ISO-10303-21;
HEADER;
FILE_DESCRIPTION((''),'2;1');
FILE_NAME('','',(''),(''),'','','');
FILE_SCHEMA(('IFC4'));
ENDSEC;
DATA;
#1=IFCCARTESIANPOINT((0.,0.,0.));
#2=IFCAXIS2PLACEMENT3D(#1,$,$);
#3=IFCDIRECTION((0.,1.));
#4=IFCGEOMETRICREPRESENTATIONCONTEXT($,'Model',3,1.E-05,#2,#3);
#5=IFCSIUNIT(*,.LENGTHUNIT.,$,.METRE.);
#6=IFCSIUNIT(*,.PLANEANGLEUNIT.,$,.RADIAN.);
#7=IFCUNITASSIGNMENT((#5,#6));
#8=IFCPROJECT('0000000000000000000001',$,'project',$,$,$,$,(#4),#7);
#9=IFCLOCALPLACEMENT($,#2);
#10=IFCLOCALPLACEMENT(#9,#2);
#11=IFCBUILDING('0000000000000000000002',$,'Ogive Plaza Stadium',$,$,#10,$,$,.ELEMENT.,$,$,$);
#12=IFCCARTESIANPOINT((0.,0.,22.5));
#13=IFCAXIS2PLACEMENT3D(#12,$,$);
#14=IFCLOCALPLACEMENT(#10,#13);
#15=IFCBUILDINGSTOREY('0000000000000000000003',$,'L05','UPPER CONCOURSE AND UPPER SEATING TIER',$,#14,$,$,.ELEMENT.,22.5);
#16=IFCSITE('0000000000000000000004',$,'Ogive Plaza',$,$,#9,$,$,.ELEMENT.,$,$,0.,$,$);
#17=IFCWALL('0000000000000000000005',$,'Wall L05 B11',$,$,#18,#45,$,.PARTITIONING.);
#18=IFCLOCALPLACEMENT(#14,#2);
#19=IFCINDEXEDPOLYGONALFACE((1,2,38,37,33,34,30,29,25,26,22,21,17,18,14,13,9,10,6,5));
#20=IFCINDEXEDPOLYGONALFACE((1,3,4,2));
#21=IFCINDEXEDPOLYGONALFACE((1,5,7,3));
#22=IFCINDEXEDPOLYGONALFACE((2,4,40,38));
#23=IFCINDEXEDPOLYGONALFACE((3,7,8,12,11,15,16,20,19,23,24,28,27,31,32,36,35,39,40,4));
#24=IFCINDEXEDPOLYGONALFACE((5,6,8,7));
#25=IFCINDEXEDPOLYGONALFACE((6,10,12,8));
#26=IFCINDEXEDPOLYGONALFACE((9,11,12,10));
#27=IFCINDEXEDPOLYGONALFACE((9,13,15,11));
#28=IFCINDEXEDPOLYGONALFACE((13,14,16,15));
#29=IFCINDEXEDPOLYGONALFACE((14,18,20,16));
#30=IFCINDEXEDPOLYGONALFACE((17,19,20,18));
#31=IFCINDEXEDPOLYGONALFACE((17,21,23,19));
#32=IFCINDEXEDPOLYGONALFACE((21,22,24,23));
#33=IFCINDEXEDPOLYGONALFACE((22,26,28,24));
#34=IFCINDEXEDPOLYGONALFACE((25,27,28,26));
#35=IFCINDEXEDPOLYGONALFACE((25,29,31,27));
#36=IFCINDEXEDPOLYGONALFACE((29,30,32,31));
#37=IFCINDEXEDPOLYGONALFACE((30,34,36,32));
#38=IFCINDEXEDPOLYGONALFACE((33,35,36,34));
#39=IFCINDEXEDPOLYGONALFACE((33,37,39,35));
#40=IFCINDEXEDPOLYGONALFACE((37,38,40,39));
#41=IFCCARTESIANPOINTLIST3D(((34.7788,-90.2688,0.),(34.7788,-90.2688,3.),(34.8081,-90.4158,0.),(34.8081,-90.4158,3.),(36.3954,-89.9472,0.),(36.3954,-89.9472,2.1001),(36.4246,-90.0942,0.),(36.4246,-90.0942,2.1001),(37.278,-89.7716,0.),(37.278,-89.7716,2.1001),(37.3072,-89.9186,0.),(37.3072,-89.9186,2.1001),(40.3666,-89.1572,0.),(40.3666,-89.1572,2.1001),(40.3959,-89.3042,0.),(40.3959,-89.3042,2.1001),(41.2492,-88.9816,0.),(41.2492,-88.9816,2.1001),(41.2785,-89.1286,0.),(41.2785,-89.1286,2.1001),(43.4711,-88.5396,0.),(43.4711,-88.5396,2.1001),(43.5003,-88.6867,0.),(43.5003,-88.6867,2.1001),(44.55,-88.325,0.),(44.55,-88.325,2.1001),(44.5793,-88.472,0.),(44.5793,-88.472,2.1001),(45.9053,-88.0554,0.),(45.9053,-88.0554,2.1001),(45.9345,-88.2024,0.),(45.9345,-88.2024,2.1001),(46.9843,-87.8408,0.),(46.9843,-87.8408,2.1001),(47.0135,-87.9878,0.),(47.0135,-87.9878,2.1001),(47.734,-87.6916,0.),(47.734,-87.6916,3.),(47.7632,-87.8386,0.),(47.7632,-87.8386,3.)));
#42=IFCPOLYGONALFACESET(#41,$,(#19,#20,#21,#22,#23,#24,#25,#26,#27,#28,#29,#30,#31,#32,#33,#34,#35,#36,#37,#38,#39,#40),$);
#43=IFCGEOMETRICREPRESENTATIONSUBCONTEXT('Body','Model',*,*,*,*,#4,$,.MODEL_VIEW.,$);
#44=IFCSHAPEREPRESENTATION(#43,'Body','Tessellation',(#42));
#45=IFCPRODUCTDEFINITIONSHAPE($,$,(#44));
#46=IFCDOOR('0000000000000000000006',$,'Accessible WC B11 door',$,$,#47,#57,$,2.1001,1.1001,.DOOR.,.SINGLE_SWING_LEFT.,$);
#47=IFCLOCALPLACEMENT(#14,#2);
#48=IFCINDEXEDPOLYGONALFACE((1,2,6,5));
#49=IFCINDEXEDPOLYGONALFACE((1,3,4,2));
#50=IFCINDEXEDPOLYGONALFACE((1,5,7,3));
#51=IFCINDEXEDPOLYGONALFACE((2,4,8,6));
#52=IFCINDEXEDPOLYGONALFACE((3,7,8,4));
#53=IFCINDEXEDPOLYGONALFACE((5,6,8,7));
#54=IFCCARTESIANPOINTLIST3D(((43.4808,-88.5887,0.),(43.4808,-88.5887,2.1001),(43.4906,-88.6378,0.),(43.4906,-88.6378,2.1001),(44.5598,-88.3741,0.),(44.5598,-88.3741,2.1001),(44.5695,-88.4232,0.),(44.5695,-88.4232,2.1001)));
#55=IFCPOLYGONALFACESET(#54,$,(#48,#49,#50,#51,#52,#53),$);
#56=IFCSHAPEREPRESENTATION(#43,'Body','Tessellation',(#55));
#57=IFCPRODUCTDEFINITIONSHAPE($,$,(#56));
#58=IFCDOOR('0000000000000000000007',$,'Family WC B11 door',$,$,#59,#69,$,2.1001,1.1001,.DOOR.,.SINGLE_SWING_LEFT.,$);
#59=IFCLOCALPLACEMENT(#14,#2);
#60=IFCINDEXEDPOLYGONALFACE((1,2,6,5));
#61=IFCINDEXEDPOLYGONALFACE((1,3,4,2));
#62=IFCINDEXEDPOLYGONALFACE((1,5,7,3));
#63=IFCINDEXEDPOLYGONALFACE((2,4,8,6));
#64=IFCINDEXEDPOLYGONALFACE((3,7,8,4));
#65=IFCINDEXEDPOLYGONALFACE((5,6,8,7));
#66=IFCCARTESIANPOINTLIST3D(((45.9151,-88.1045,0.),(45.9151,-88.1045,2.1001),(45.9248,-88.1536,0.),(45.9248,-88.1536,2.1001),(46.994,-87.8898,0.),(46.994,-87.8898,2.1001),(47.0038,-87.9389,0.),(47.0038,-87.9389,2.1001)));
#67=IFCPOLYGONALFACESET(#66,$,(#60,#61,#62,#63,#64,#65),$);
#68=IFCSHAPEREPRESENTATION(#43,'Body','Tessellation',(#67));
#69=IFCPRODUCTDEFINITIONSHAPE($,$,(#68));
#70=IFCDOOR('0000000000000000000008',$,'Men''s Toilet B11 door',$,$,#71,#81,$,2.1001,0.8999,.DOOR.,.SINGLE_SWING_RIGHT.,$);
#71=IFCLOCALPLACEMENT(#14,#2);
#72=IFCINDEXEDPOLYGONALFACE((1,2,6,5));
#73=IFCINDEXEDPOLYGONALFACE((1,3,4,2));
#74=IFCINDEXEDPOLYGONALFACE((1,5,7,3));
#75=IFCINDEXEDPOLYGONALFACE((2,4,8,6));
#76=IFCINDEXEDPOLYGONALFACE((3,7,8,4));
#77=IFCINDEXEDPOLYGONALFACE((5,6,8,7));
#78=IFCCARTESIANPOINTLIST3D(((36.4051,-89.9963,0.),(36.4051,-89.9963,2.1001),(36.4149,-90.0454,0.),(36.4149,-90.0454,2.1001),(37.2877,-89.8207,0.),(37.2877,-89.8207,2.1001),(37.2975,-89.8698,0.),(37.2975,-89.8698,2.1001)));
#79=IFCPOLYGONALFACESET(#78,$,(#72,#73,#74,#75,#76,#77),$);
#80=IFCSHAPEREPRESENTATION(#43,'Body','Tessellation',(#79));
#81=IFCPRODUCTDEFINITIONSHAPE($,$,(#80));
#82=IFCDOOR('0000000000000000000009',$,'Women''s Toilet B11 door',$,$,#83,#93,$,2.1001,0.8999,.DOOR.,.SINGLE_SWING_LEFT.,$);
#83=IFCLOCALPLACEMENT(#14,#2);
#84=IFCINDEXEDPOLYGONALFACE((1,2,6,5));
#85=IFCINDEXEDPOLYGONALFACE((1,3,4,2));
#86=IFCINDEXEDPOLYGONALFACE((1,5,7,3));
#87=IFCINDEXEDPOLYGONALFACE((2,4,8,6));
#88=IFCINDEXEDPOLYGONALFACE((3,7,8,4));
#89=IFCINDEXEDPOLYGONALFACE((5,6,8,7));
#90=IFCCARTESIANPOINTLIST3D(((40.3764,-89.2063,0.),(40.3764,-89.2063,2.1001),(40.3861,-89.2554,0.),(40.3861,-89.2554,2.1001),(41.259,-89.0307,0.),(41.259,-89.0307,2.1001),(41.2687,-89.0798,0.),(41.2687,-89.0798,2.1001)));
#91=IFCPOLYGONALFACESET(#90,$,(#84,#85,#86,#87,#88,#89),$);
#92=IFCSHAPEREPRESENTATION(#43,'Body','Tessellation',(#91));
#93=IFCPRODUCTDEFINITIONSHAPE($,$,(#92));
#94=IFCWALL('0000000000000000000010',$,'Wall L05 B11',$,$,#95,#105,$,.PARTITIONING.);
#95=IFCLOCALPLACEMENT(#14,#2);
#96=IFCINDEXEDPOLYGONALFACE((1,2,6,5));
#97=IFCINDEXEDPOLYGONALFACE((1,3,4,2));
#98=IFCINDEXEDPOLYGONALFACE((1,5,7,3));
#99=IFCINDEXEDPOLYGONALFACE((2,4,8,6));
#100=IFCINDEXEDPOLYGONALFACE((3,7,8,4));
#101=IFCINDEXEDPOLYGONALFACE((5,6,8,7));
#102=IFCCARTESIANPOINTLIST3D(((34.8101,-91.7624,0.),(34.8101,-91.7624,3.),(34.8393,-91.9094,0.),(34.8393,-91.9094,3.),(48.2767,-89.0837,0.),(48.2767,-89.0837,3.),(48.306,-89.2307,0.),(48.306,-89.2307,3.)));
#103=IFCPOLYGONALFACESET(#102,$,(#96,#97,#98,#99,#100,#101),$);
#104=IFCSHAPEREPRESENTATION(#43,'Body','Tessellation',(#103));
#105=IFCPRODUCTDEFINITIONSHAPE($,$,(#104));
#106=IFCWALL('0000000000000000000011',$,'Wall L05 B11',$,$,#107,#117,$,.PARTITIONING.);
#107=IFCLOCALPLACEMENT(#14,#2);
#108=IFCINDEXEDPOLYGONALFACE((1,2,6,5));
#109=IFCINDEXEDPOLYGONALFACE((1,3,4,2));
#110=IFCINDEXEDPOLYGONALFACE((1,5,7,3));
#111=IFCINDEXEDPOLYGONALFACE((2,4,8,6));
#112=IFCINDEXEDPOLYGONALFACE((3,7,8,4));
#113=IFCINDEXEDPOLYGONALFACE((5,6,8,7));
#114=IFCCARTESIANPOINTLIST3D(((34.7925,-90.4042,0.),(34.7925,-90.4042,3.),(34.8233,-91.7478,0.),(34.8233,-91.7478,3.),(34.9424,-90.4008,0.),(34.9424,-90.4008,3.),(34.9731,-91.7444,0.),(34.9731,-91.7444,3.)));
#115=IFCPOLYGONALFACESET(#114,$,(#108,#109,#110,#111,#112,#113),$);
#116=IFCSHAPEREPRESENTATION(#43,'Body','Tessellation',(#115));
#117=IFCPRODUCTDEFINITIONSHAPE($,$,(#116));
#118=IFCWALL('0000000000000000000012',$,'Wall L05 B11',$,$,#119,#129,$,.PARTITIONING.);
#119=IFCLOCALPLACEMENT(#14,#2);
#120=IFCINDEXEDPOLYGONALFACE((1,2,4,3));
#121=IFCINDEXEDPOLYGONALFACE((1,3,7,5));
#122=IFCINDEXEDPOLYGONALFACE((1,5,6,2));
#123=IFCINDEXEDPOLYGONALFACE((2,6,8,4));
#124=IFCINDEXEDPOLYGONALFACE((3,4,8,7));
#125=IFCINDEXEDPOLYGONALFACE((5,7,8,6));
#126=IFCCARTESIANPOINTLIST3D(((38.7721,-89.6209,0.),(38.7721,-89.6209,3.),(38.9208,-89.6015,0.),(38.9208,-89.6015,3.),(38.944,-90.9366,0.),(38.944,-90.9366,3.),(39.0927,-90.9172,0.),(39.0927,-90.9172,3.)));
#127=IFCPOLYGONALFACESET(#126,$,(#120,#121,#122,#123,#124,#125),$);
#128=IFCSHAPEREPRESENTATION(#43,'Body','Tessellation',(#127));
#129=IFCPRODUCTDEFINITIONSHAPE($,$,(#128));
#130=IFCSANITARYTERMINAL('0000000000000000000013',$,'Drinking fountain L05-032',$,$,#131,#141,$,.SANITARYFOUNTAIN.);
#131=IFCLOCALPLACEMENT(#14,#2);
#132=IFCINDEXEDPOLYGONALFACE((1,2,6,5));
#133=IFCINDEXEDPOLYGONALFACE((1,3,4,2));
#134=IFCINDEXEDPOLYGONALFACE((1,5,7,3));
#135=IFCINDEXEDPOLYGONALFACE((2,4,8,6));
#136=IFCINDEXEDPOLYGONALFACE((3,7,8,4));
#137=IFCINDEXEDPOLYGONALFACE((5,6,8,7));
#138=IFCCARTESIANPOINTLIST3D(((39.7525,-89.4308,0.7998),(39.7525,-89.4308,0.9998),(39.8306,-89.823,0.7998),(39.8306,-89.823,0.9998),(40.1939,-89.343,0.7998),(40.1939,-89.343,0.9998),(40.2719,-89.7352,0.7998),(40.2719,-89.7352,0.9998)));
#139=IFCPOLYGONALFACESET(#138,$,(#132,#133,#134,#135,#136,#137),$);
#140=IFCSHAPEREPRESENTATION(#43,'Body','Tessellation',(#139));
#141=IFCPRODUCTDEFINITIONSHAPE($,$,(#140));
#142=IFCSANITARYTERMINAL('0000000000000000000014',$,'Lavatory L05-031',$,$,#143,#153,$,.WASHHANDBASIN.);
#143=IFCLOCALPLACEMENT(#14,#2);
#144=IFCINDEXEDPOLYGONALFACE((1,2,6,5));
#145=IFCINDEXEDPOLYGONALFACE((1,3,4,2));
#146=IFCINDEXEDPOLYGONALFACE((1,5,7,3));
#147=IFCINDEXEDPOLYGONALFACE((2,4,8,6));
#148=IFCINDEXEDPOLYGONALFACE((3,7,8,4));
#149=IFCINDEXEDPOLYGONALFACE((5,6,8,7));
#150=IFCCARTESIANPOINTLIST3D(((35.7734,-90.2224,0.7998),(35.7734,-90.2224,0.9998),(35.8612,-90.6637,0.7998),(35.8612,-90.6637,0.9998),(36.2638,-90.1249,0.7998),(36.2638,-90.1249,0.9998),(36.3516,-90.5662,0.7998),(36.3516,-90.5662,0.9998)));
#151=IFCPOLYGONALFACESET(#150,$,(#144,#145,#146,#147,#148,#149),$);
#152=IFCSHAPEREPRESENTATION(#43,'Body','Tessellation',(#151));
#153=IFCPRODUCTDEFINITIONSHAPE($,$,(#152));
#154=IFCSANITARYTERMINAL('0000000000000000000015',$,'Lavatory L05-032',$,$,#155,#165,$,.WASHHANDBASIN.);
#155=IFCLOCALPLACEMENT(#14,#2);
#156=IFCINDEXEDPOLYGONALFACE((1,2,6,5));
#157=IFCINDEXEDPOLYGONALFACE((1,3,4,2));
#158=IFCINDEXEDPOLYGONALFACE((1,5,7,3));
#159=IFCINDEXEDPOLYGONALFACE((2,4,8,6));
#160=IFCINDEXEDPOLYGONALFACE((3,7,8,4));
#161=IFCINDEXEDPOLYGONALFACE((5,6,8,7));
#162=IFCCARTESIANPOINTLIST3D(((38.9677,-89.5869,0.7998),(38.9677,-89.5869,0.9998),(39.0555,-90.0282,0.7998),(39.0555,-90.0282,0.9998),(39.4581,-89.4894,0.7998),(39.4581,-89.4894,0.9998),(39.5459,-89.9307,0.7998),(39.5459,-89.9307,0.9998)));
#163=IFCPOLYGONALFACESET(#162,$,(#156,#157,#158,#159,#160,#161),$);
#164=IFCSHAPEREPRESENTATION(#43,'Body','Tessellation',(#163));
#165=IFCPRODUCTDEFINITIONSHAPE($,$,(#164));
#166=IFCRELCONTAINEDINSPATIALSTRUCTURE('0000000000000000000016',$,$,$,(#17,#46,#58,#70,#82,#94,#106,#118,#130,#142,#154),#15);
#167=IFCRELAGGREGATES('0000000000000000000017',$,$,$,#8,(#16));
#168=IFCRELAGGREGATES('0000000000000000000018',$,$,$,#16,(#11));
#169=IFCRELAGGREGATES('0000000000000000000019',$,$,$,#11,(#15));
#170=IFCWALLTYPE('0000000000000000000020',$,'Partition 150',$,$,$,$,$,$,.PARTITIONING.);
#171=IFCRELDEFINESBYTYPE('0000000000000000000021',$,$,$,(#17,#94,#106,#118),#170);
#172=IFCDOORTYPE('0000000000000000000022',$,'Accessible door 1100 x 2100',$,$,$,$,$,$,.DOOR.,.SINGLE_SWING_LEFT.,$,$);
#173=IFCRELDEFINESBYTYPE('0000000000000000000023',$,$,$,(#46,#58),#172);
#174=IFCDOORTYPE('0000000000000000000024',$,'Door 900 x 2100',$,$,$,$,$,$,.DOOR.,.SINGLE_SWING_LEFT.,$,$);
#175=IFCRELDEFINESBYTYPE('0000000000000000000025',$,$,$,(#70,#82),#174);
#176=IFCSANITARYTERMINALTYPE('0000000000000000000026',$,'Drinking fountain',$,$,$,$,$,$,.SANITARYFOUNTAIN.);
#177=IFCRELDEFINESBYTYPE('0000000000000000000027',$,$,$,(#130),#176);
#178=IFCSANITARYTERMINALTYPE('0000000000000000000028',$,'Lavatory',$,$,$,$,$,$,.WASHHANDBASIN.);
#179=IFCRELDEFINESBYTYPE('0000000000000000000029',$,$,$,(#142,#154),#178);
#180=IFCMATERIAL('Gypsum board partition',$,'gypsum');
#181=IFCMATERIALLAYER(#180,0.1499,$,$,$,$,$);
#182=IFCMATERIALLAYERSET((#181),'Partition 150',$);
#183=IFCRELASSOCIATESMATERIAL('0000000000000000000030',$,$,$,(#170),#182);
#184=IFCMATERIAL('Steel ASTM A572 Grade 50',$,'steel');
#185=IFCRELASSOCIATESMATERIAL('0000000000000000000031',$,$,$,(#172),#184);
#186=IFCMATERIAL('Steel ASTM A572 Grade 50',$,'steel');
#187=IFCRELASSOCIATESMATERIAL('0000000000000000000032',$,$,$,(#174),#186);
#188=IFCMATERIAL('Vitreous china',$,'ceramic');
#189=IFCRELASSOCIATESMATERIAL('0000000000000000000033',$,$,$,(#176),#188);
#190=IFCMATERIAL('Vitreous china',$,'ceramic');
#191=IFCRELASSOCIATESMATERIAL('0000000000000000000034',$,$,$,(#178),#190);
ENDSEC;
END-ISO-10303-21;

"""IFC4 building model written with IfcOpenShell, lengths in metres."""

from ifc_helpers import new_model, si_unit, direction, frame, frame_2d, origin, origin_2d, place, context, subcontext, project, spatial, rectangle, extrude, material, layer, layer_set, type_object, element, fill, save


model = new_model("IFC4")

# Units and contexts
model_context = context("Model", 3, precision=1e-05, world=origin(), true_north=direction((0.0, 1.0)))
body_context = subcontext(model_context, "Body", "Model", "MODEL_VIEW")
ifc_project = project(units=[si_unit("LENGTHUNIT", "METRE"), si_unit("PLANEANGLEUNIT", "RADIAN")], contexts=[model_context])

# Site, building, storey
site_placement = place(None, origin())
site = spatial("IfcSite", under=ifc_project, at=site_placement, Name="Ogive Plaza", CompositionType="ELEMENT", RefElevation=0.0)
building_placement = place(site_placement, origin())
building = spatial("IfcBuilding", under=site, at=building_placement, Name="Ogive Plaza Stadium", CompositionType="ELEMENT")
storey_placement = place(building_placement, frame((0.0, 0.0, 22.5)))
storey = spatial("IfcBuildingStorey", under=building, at=storey_placement, Name="L05", Description="UPPER CONCOURSE AND UPPER SEATING TIER", CompositionType="ELEMENT", Elevation=22.5)

# Wall, openings, doors
ifc_material_1 = material(Name="Gypsum board partition", Category="gypsum")
ifc_layer_1 = layer(ifc_material_1, 0.1499)
ifc_layer_set_1 = layer_set([ifc_layer_1], Name="Partition 150")
wall_type_1 = type_object("IfcWallType", Name="Partition 150", PredefinedType="PARTITIONING", material=ifc_layer_set_1)
wall_1_placement = place(storey_placement, frame((34.7935, -90.3423, 0.0), z_axis=(0.0, 0.0, 1.0), x_axis=(0.980782, 0.195107, 0.0)))
wall_1 = element("IfcWall", 1, at=wall_1_placement, inside=storey, type_object=wall_type_1, Name="Wall L05 B11", PredefinedType="PARTITIONING", context=body_context, shape_type="SweptSolid", body=[
    extrude(rectangle(XDim=13.209, YDim=0.1499, at=frame_2d((6.6045, 0.0))), origin(), (0.0, 0.0, 1.0), 3.0),
])
opening_1_placement = place(wall_1_placement, frame((1.6482, 0.0, 0.0)))
opening_1 = element("IfcOpeningElement", 2, at=opening_1_placement, cuts=wall_1, PredefinedType="OPENING", context=body_context, shape_type="SweptSolid", body=[
    extrude(rectangle(XDim=0.8999, YDim=2.1001, at=frame_2d((0.45, 1.05))), frame((0.0, 0.075, 0.0), z_axis=(0.0, -1.0, 0.0), x_axis=(1.0, 0.0, 0.0)), (0.0, 0.0, 1.0), 0.1499),
])
opening_2_placement = place(wall_1_placement, frame((5.6973, 0.0, 0.0)))
opening_2 = element("IfcOpeningElement", 3, at=opening_2_placement, cuts=wall_1, PredefinedType="OPENING", context=body_context, shape_type="SweptSolid", body=[
    extrude(rectangle(XDim=0.8999, YDim=2.1001, at=frame_2d((0.45, 1.05))), frame((0.0, 0.075, 0.0), z_axis=(0.0, -1.0, 0.0), x_axis=(1.0, 0.0, 0.0)), (0.0, 0.0, 1.0), 0.1499),
])
opening_3_placement = place(wall_1_placement, frame((8.8625, 0.0, 0.0)))
opening_3 = element("IfcOpeningElement", 4, at=opening_3_placement, cuts=wall_1, PredefinedType="OPENING", context=body_context, shape_type="SweptSolid", body=[
    extrude(rectangle(XDim=1.1001, YDim=2.1001, at=frame_2d((0.55, 1.05))), frame((0.0, 0.075, 0.0), z_axis=(0.0, -1.0, 0.0), x_axis=(1.0, 0.0, 0.0)), (0.0, 0.0, 1.0), 0.1499),
])
opening_4_placement = place(wall_1_placement, frame((11.3445, 0.0, 0.0)))
opening_4 = element("IfcOpeningElement", 5, at=opening_4_placement, cuts=wall_1, PredefinedType="OPENING", context=body_context, shape_type="SweptSolid", body=[
    extrude(rectangle(XDim=1.1001, YDim=2.1001, at=frame_2d((0.55, 1.05))), frame((0.0, 0.075, 0.0), z_axis=(0.0, -1.0, 0.0), x_axis=(1.0, 0.0, 0.0)), (0.0, 0.0, 1.0), 0.1499),
])
ifc_material_2 = material(Name="Steel ASTM A572 Grade 50", Category="steel")
door_type_1 = type_object("IfcDoorType", Name="Accessible door 1100 x 2100", OperationType="SINGLE_SWING_LEFT", PredefinedType="DOOR", material=ifc_material_2)
door_1_placement = place(opening_3_placement, origin())
door_1 = element("IfcDoor", 6, at=door_1_placement, inside=storey, type_object=door_type_1, Name="Accessible WC B11 door", OperationType="SINGLE_SWING_LEFT", OverallHeight=2.1001, OverallWidth=1.1001, PredefinedType="DOOR", context=body_context, shape_type="SweptSolid", body=[
    extrude(rectangle(XDim=1.1001, YDim=2.1001, at=frame_2d((0.55, 1.05))), frame((0.0, 0.0249, 0.0), z_axis=(0.0, -1.0, 0.0), x_axis=(1.0, 0.0, 0.0)), (0.0, 0.0, 1.0), 0.05),
])
fill(opening_3, door_1)
door_2_placement = place(opening_4_placement, origin())
door_2 = element("IfcDoor", 7, at=door_2_placement, inside=storey, type_object=door_type_1, Name="Family WC B11 door", OperationType="SINGLE_SWING_LEFT", OverallHeight=2.1001, OverallWidth=1.1001, PredefinedType="DOOR", context=body_context, shape_type="SweptSolid", body=[
    extrude(rectangle(XDim=1.1001, YDim=2.1001, at=frame_2d((0.55, 1.05))), frame((0.0, 0.0249, 0.0), z_axis=(0.0, -1.0, 0.0), x_axis=(1.0, 0.0, 0.0)), (0.0, 0.0, 1.0), 0.05),
])
fill(opening_4, door_2)
ifc_material_3 = material(Name="Steel ASTM A572 Grade 50", Category="steel")
door_type_2 = type_object("IfcDoorType", Name="Door 900 x 2100", OperationType="SINGLE_SWING_LEFT", PredefinedType="DOOR", material=ifc_material_3)
door_3_placement = place(opening_1_placement, origin())
door_3 = element("IfcDoor", 8, at=door_3_placement, inside=storey, type_object=door_type_2, Name="Men's Toilet B11 door", OperationType="SINGLE_SWING_RIGHT", OverallHeight=2.1001, OverallWidth=0.8999, PredefinedType="DOOR", context=body_context, shape_type="SweptSolid", body=[
    extrude(rectangle(XDim=0.8999, YDim=2.1001, at=frame_2d((0.45, 1.05))), frame((0.0, 0.0249, 0.0), z_axis=(0.0, -1.0, 0.0), x_axis=(1.0, 0.0, 0.0)), (0.0, 0.0, 1.0), 0.05),
])
fill(opening_1, door_3)
door_4_placement = place(opening_2_placement, origin())
door_4 = element("IfcDoor", 9, at=door_4_placement, inside=storey, type_object=door_type_2, Name="Women's Toilet B11 door", OperationType="SINGLE_SWING_LEFT", OverallHeight=2.1001, OverallWidth=0.8999, PredefinedType="DOOR", context=body_context, shape_type="SweptSolid", body=[
    extrude(rectangle(XDim=0.8999, YDim=2.1001, at=frame_2d((0.45, 1.05))), frame((0.0, 0.0249, 0.0), z_axis=(0.0, -1.0, 0.0), x_axis=(1.0, 0.0, 0.0)), (0.0, 0.0, 1.0), 0.05),
])
fill(opening_2, door_4)

# Walls
wall_2_placement = place(storey_placement, frame((34.8247, -91.8359, 0.0), z_axis=(0.0, 0.0, 1.0), x_axis=(0.980785, 0.195094, 0.0)))
element("IfcWall", 10, at=wall_2_placement, inside=storey, type_object=wall_type_1, Name="Wall L05 B11", PredefinedType="PARTITIONING", context=body_context, shape_type="SweptSolid", body=[
    extrude(rectangle(XDim=13.7305, YDim=0.1499, at=frame_2d((6.8652, 0.0))), origin(), (0.0, 0.0, 1.0), 3.0),
])
wall_3_placement = place(storey_placement, frame((34.8674, -90.4026, 0.0), z_axis=(0.0, 0.0, 1.0), x_axis=(0.022886, -0.999738, 0.0)))
element("IfcWall", 11, at=wall_3_placement, inside=storey, type_object=wall_type_1, Name="Wall L05 B11", PredefinedType="PARTITIONING", context=body_context, shape_type="SweptSolid", body=[
    extrude(rectangle(XDim=1.344, YDim=0.1499, at=frame_2d((0.6719, 0.0))), origin(), (0.0, 0.0, 1.0), 3.0),
])
wall_4_placement = place(storey_placement, frame((38.8464, -89.6111, 0.0), z_axis=(0.0, 0.0, 1.0), x_axis=(0.129536, -0.991575, 0.0)))
element("IfcWall", 12, at=wall_4_placement, inside=storey, type_object=wall_type_1, Name="Wall L05 B11", PredefinedType="PARTITIONING", context=body_context, shape_type="SweptSolid", body=[
    extrude(rectangle(XDim=1.3269, YDim=0.1499, at=frame_2d((0.6636, 0.0))), origin(), (0.0, 0.0, 1.0), 3.0),
])

# Sanitary terminals
ifc_material_4 = material(Name="Vitreous china", Category="ceramic")
sanitary_terminal_type_1 = type_object("IfcSanitaryTerminalType", Name="Drinking fountain", PredefinedType="SANITARYFOUNTAIN", material=ifc_material_4)
sanitary_terminal_placement = place(storey_placement, frame((40.0122, -89.583, 0.7998), z_axis=(0.0, 0.0, 1.0), x_axis=(0.980785, 0.19509, 0.0)))
element("IfcSanitaryTerminal", 13, at=sanitary_terminal_placement, inside=storey, type_object=sanitary_terminal_type_1, Name="Drinking fountain L05-032", PredefinedType="SANITARYFOUNTAIN", context=body_context, shape_type="SweptSolid", body=[
    extrude(rectangle(XDim=0.45, YDim=0.3999, at=origin_2d()), origin(), (0.0, 0.0, 1.0), 0.2),
])
ifc_material_5 = material(Name="Vitreous china", Category="ceramic")
sanitary_terminal_type_2 = type_object("IfcSanitaryTerminalType", Name="Lavatory", PredefinedType="WASHHANDBASIN", material=ifc_material_5)
for number, where, z_axis, x_axis, name in (
    (14, (36.0625, -90.3943, 0.7998), (0.0, 0.0, 1.0), (0.980785, 0.19509, 0.0), "Lavatory L05-031"),
    (15, (39.2568, -89.7588, 0.7998), (0.0, 0.0, 1.0), (0.980785, 0.19509, 0.0), "Lavatory L05-032"),
):
    element("IfcSanitaryTerminal", number, at=place(storey_placement, frame(where, z_axis=z_axis, x_axis=x_axis)), inside=storey, type_object=sanitary_terminal_type_2, Name=name, PredefinedType="WASHHANDBASIN", context=body_context, shape_type="SweptSolid", body=[
        extrude(rectangle(XDim=0.5, YDim=0.45, at=origin_2d()), origin(), (0.0, 0.0, 1.0), 0.2),
    ])

save(model, "model.ifc")
